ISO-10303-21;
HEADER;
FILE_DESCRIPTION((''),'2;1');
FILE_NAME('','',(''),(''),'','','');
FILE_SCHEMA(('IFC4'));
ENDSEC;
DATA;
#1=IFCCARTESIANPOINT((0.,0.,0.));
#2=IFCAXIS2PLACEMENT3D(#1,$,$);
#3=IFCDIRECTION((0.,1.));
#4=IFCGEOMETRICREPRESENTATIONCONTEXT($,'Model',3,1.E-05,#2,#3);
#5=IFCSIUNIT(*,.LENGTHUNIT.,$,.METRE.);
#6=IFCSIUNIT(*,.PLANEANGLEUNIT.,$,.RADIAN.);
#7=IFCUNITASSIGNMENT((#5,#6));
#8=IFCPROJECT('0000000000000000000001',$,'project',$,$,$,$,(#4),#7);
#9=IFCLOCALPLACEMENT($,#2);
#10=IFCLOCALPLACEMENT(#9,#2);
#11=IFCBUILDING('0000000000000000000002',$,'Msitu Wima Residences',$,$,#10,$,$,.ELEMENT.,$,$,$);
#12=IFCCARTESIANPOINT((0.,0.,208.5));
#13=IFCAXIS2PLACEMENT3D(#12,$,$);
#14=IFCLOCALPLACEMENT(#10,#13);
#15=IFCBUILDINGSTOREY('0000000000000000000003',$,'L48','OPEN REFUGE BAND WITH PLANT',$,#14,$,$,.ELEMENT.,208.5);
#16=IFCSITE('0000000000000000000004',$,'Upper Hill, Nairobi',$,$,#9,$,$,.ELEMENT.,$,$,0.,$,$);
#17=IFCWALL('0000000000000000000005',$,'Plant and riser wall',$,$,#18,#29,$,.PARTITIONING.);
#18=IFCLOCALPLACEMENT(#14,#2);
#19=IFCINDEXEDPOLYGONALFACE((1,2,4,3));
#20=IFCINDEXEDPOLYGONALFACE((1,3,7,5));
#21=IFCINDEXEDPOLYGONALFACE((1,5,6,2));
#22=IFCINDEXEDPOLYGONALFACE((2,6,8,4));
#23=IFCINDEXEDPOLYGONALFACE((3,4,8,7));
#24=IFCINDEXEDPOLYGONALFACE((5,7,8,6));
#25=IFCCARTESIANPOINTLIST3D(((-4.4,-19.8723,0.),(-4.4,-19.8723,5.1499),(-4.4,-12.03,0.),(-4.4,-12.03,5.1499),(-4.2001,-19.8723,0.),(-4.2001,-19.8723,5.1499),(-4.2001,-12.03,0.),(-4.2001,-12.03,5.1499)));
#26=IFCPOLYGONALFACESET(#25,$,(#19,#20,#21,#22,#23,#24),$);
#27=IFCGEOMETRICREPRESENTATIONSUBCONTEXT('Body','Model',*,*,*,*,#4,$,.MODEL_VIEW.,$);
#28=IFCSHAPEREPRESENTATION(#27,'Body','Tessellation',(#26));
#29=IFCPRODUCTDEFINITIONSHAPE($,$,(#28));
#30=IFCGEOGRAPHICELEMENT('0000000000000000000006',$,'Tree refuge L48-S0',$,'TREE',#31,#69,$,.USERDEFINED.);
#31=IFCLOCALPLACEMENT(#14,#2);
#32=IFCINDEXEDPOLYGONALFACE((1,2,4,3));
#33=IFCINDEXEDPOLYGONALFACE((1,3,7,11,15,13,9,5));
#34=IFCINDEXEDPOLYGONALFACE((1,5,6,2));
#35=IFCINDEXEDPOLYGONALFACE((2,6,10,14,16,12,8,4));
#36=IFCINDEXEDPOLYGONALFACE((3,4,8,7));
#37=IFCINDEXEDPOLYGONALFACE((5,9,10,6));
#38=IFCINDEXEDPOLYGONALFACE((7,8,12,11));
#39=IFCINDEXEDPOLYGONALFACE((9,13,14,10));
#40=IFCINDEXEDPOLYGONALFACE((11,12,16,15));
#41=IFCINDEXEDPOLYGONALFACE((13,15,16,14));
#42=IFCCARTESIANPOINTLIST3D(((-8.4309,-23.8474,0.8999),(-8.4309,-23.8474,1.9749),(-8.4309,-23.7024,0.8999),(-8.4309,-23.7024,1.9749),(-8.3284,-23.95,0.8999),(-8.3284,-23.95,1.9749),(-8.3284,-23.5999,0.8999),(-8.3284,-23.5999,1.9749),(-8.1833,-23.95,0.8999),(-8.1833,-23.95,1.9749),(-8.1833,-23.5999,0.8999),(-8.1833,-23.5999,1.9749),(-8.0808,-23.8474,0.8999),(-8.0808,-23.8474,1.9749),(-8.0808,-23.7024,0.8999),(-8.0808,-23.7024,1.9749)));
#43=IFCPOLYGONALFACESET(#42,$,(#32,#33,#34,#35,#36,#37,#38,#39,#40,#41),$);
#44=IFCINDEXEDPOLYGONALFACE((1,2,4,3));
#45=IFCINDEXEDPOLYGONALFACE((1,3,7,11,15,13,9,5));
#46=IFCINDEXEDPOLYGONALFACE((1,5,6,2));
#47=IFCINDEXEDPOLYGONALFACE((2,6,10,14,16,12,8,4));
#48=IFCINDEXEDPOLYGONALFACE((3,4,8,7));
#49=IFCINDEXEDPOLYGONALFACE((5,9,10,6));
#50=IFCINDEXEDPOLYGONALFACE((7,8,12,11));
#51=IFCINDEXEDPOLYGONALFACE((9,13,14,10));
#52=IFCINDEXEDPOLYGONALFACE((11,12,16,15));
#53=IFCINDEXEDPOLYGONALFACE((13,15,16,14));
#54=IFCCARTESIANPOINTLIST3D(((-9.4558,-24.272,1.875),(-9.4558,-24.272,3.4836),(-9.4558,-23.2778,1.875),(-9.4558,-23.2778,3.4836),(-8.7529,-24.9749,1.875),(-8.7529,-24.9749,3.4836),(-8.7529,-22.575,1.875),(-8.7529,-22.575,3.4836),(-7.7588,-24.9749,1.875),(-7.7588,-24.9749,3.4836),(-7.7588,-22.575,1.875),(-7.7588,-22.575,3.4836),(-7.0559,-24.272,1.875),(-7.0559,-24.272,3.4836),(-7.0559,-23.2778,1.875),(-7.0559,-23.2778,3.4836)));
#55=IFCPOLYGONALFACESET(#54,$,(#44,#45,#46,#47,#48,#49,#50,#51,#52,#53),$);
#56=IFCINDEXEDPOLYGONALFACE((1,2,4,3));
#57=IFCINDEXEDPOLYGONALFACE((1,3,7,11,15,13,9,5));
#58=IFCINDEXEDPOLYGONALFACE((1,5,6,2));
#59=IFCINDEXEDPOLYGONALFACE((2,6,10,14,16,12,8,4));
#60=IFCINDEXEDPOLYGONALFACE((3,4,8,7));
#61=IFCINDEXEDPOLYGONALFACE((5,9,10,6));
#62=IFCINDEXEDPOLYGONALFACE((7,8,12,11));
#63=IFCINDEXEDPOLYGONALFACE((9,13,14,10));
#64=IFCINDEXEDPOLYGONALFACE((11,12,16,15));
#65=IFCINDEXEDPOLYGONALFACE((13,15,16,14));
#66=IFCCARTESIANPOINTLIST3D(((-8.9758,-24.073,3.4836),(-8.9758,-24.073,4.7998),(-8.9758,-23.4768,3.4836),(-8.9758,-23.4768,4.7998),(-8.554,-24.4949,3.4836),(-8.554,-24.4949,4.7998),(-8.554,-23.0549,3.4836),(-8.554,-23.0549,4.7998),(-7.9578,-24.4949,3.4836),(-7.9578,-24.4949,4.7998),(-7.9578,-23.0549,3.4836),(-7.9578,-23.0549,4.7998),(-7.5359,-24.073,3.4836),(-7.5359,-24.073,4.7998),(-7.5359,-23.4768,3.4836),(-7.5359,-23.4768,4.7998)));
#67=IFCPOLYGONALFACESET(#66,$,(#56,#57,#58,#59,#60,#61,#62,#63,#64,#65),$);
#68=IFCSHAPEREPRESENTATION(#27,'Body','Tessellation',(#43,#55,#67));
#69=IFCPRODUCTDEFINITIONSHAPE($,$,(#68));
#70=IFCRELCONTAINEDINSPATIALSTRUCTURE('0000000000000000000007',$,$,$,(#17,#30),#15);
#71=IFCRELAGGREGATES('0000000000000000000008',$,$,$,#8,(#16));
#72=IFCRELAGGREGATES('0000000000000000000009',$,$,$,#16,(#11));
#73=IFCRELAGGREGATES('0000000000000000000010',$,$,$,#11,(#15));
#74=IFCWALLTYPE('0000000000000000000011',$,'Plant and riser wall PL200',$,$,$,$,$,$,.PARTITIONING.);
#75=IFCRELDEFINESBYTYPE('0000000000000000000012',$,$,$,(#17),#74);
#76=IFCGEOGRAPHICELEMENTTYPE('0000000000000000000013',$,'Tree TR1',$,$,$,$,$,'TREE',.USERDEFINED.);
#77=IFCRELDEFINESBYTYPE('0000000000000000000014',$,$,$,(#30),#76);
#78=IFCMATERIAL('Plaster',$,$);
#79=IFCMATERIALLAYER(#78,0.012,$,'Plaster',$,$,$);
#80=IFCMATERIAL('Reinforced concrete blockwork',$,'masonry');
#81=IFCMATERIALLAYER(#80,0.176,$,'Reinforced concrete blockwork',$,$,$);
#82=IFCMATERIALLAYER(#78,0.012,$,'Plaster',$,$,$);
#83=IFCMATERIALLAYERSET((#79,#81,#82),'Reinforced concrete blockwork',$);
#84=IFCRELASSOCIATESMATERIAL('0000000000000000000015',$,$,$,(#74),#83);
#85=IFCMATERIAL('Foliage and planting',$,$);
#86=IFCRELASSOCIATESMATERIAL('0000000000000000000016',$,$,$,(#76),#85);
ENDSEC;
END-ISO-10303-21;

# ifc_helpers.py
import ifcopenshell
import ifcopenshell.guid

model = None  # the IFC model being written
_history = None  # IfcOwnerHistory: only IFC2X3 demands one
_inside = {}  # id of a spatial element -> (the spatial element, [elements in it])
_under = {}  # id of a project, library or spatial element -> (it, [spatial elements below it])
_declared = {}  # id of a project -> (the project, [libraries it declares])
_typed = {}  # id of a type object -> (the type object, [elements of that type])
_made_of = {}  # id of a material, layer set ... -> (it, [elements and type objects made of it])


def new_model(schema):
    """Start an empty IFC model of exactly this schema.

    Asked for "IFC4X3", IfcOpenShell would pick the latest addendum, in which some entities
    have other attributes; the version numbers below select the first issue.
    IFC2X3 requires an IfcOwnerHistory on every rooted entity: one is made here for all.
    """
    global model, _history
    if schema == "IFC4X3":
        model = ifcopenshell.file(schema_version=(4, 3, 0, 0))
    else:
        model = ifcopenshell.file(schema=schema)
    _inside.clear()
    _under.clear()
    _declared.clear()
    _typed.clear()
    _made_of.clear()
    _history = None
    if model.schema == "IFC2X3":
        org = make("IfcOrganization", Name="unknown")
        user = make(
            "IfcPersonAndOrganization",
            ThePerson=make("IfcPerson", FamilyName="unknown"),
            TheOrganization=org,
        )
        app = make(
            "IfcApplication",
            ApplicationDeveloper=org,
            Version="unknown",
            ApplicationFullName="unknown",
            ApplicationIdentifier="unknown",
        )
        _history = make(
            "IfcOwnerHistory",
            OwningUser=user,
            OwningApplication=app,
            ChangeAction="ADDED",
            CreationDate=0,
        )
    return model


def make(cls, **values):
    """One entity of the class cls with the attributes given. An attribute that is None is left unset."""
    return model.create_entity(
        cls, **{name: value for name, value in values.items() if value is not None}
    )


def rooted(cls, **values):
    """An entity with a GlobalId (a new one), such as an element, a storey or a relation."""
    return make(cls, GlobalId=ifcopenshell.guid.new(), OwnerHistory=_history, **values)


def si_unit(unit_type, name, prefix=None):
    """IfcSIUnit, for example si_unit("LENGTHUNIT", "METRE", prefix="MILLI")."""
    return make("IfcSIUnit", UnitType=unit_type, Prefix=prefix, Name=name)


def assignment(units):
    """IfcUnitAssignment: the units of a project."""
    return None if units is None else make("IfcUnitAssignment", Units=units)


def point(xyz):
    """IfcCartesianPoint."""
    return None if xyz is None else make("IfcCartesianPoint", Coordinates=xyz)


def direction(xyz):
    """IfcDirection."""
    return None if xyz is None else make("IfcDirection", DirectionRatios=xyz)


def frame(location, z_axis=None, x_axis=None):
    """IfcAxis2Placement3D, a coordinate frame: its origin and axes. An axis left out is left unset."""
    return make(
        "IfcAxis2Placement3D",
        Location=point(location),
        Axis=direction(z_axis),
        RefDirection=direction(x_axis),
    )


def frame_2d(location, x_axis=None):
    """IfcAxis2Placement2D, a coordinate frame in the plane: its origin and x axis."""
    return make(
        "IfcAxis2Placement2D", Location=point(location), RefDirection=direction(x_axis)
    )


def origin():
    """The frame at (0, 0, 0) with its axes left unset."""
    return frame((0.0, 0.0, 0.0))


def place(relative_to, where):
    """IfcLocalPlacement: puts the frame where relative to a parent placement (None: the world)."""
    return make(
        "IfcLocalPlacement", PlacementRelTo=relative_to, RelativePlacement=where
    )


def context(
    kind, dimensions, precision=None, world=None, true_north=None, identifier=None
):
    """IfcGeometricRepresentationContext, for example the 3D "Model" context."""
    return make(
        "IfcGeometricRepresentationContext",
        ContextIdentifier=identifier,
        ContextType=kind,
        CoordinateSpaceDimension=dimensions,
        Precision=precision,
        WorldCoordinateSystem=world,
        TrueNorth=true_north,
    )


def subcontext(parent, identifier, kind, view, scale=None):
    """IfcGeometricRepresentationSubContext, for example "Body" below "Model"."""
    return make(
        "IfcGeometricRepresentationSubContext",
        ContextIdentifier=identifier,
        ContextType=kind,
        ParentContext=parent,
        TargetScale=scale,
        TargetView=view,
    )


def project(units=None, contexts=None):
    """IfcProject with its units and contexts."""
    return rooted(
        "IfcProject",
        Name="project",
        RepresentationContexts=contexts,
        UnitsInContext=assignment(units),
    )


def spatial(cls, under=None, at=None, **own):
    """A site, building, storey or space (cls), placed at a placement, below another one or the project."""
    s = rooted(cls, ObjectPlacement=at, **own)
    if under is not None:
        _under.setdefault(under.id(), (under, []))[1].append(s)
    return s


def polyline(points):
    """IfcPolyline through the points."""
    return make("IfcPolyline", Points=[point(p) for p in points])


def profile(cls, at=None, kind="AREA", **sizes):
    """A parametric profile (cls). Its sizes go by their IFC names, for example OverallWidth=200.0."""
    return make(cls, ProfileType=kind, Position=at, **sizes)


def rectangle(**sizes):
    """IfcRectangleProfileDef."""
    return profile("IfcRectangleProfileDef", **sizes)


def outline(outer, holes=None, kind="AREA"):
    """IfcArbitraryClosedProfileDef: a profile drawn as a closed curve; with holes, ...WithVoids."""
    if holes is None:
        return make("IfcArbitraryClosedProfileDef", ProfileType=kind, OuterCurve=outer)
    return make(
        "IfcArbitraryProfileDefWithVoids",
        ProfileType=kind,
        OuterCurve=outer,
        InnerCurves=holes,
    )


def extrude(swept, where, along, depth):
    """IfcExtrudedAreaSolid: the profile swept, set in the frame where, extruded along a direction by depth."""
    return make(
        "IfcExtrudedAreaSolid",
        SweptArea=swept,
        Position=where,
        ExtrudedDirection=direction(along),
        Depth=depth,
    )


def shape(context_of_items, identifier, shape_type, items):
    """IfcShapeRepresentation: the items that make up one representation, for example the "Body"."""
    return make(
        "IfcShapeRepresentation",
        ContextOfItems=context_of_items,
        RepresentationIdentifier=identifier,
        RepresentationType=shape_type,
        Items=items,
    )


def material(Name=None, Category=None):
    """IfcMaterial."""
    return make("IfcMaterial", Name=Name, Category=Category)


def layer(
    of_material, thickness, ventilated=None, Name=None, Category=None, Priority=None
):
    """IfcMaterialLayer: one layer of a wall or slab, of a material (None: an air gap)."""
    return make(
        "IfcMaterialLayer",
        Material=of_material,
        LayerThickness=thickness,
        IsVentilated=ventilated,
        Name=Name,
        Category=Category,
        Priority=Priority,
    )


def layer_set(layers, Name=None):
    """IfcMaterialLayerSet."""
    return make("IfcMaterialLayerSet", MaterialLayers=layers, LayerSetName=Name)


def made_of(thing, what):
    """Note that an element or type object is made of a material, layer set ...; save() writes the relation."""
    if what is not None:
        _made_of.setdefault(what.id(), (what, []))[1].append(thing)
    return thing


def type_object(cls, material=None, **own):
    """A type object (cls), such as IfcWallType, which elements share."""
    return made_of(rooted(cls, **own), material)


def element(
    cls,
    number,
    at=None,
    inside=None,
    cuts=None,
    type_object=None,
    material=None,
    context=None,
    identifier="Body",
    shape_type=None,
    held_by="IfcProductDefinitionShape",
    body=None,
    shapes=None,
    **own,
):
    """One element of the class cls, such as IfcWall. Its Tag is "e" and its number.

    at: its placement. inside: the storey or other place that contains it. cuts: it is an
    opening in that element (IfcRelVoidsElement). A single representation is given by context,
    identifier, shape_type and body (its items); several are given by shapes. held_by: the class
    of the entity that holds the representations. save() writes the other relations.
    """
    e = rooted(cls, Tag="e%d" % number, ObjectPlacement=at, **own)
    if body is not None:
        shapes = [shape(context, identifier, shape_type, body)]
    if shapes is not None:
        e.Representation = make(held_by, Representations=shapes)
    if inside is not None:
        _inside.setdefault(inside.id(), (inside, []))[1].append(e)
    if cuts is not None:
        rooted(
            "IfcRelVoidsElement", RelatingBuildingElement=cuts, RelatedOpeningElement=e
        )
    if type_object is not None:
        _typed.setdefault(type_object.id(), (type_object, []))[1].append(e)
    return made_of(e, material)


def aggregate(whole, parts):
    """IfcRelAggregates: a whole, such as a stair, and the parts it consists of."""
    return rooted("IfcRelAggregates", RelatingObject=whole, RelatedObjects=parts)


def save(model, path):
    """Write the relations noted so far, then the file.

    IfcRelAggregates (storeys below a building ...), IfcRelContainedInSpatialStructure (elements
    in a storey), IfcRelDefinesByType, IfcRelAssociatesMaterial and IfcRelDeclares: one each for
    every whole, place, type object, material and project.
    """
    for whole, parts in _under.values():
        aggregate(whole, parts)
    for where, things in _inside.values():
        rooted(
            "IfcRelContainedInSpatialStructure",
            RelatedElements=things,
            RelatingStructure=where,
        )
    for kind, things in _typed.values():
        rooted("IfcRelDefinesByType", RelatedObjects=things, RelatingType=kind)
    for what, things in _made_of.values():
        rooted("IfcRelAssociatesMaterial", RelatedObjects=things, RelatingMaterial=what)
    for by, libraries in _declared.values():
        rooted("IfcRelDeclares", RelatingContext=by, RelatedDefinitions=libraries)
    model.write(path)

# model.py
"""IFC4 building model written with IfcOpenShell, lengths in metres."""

from ifc_helpers import new_model, si_unit, direction, frame, frame_2d, origin, place, context, subcontext, project, spatial, polyline, rectangle, outline, extrude, material, layer, layer_set, type_object, element, save


model = new_model("IFC4")

# Units and contexts
model_context = context("Model", 3, precision=1e-05, world=origin(), true_north=direction((0.0, 1.0)))
body_context = subcontext(model_context, "Body", "Model", "MODEL_VIEW")
ifc_project = project(units=[si_unit("LENGTHUNIT", "METRE"), si_unit("PLANEANGLEUNIT", "RADIAN")], contexts=[model_context])

# Site, building, storey
site_placement = place(None, origin())
site = spatial("IfcSite", under=ifc_project, at=site_placement, Name="Upper Hill, Nairobi", CompositionType="ELEMENT", RefElevation=0.0)
building_placement = place(site_placement, origin())
building = spatial("IfcBuilding", under=site, at=building_placement, Name="Msitu Wima Residences", CompositionType="ELEMENT")
storey_placement = place(building_placement, frame((0.0, 0.0, 208.5)))
storey = spatial("IfcBuildingStorey", under=building, at=storey_placement, Name="L48", Description="OPEN REFUGE BAND WITH PLANT", CompositionType="ELEMENT", Elevation=208.5)

# Wall
ifc_material_1 = material(Name="Plaster")
ifc_layer_1 = layer(ifc_material_1, 0.012, Name="Plaster")
ifc_material_2 = material(Name="Reinforced concrete blockwork", Category="masonry")
ifc_layer_2 = layer(ifc_material_2, 0.176, Name="Reinforced concrete blockwork")
ifc_layer_3 = layer(ifc_material_1, 0.012, Name="Plaster")
ifc_layer_set_1 = layer_set([ifc_layer_1, ifc_layer_2, ifc_layer_3], Name="Reinforced concrete blockwork")
wall_type_1 = type_object("IfcWallType", Name="Plant and riser wall PL200", PredefinedType="PARTITIONING", material=ifc_layer_set_1)
wall_1_placement = place(storey_placement, frame((-4.3, -19.8723, 0.0), z_axis=(0.0, 0.0, 1.0), x_axis=(0.0, 1.0, 0.0)))
element("IfcWall", 1, at=wall_1_placement, inside=storey, type_object=wall_type_1, Name="Plant and riser wall", PredefinedType="PARTITIONING", context=body_context, shape_type="SweptSolid", body=[
    extrude(rectangle(XDim=7.8423, YDim=0.2, at=frame_2d((3.9211, 0.0))), origin(), (0.0, 0.0, 1.0), 5.1499),
])

# Geographic element
ifc_material_3 = material(Name="Foliage and planting")
geographic_element_type = type_object("IfcGeographicElementType", Name="Tree TR1", ElementType="TREE", PredefinedType="USERDEFINED", material=ifc_material_3)
geographic_element_placement = place(storey_placement, frame((-8.2559, -23.7749, 0.8999), z_axis=(0.0, 0.0, 1.0), x_axis=(1.0, 0.0, 0.0)))
element("IfcGeographicElement", 2, at=geographic_element_placement, inside=storey, type_object=geographic_element_type, Name="Tree refuge L48-S0", ObjectType="TREE", PredefinedType="USERDEFINED", context=body_context, shape_type="SweptSolid", body=[
    extrude(outline(polyline([(0.175, 0.0725), (0.0725, 0.175), (-0.0725, 0.175), (-0.175, 0.0725), (-0.175, -0.0725), (-0.0725, -0.175), (0.0725, -0.175), (0.175, -0.0725), (0.175, 0.0725)])), origin(), (0.0, 0.0, 1.0), 1.075),
    extrude(outline(polyline([(1.2, 0.4971), (0.4971, 1.2), (-0.4971, 1.2), (-1.2, 0.4971), (-1.2, -0.4971), (-0.4971, -1.2), (0.4971, -1.2), (1.2, -0.4971), (1.2, 0.4971)])), frame((0.0, 0.0, 0.9751)), (0.0, 0.0, 1.0), 1.6086),
    extrude(outline(polyline([(0.72, 0.2981), (0.2981, 0.72), (-0.2981, 0.72), (-0.72, 0.2981), (-0.72, -0.2981), (-0.2981, -0.72), (0.2981, -0.72), (0.72, -0.2981), (0.72, 0.2981)])), frame((0.0, 0.0, 2.5837)), (0.0, 0.0, 1.0), 1.3162),
])

save(model, "model.ifc")
